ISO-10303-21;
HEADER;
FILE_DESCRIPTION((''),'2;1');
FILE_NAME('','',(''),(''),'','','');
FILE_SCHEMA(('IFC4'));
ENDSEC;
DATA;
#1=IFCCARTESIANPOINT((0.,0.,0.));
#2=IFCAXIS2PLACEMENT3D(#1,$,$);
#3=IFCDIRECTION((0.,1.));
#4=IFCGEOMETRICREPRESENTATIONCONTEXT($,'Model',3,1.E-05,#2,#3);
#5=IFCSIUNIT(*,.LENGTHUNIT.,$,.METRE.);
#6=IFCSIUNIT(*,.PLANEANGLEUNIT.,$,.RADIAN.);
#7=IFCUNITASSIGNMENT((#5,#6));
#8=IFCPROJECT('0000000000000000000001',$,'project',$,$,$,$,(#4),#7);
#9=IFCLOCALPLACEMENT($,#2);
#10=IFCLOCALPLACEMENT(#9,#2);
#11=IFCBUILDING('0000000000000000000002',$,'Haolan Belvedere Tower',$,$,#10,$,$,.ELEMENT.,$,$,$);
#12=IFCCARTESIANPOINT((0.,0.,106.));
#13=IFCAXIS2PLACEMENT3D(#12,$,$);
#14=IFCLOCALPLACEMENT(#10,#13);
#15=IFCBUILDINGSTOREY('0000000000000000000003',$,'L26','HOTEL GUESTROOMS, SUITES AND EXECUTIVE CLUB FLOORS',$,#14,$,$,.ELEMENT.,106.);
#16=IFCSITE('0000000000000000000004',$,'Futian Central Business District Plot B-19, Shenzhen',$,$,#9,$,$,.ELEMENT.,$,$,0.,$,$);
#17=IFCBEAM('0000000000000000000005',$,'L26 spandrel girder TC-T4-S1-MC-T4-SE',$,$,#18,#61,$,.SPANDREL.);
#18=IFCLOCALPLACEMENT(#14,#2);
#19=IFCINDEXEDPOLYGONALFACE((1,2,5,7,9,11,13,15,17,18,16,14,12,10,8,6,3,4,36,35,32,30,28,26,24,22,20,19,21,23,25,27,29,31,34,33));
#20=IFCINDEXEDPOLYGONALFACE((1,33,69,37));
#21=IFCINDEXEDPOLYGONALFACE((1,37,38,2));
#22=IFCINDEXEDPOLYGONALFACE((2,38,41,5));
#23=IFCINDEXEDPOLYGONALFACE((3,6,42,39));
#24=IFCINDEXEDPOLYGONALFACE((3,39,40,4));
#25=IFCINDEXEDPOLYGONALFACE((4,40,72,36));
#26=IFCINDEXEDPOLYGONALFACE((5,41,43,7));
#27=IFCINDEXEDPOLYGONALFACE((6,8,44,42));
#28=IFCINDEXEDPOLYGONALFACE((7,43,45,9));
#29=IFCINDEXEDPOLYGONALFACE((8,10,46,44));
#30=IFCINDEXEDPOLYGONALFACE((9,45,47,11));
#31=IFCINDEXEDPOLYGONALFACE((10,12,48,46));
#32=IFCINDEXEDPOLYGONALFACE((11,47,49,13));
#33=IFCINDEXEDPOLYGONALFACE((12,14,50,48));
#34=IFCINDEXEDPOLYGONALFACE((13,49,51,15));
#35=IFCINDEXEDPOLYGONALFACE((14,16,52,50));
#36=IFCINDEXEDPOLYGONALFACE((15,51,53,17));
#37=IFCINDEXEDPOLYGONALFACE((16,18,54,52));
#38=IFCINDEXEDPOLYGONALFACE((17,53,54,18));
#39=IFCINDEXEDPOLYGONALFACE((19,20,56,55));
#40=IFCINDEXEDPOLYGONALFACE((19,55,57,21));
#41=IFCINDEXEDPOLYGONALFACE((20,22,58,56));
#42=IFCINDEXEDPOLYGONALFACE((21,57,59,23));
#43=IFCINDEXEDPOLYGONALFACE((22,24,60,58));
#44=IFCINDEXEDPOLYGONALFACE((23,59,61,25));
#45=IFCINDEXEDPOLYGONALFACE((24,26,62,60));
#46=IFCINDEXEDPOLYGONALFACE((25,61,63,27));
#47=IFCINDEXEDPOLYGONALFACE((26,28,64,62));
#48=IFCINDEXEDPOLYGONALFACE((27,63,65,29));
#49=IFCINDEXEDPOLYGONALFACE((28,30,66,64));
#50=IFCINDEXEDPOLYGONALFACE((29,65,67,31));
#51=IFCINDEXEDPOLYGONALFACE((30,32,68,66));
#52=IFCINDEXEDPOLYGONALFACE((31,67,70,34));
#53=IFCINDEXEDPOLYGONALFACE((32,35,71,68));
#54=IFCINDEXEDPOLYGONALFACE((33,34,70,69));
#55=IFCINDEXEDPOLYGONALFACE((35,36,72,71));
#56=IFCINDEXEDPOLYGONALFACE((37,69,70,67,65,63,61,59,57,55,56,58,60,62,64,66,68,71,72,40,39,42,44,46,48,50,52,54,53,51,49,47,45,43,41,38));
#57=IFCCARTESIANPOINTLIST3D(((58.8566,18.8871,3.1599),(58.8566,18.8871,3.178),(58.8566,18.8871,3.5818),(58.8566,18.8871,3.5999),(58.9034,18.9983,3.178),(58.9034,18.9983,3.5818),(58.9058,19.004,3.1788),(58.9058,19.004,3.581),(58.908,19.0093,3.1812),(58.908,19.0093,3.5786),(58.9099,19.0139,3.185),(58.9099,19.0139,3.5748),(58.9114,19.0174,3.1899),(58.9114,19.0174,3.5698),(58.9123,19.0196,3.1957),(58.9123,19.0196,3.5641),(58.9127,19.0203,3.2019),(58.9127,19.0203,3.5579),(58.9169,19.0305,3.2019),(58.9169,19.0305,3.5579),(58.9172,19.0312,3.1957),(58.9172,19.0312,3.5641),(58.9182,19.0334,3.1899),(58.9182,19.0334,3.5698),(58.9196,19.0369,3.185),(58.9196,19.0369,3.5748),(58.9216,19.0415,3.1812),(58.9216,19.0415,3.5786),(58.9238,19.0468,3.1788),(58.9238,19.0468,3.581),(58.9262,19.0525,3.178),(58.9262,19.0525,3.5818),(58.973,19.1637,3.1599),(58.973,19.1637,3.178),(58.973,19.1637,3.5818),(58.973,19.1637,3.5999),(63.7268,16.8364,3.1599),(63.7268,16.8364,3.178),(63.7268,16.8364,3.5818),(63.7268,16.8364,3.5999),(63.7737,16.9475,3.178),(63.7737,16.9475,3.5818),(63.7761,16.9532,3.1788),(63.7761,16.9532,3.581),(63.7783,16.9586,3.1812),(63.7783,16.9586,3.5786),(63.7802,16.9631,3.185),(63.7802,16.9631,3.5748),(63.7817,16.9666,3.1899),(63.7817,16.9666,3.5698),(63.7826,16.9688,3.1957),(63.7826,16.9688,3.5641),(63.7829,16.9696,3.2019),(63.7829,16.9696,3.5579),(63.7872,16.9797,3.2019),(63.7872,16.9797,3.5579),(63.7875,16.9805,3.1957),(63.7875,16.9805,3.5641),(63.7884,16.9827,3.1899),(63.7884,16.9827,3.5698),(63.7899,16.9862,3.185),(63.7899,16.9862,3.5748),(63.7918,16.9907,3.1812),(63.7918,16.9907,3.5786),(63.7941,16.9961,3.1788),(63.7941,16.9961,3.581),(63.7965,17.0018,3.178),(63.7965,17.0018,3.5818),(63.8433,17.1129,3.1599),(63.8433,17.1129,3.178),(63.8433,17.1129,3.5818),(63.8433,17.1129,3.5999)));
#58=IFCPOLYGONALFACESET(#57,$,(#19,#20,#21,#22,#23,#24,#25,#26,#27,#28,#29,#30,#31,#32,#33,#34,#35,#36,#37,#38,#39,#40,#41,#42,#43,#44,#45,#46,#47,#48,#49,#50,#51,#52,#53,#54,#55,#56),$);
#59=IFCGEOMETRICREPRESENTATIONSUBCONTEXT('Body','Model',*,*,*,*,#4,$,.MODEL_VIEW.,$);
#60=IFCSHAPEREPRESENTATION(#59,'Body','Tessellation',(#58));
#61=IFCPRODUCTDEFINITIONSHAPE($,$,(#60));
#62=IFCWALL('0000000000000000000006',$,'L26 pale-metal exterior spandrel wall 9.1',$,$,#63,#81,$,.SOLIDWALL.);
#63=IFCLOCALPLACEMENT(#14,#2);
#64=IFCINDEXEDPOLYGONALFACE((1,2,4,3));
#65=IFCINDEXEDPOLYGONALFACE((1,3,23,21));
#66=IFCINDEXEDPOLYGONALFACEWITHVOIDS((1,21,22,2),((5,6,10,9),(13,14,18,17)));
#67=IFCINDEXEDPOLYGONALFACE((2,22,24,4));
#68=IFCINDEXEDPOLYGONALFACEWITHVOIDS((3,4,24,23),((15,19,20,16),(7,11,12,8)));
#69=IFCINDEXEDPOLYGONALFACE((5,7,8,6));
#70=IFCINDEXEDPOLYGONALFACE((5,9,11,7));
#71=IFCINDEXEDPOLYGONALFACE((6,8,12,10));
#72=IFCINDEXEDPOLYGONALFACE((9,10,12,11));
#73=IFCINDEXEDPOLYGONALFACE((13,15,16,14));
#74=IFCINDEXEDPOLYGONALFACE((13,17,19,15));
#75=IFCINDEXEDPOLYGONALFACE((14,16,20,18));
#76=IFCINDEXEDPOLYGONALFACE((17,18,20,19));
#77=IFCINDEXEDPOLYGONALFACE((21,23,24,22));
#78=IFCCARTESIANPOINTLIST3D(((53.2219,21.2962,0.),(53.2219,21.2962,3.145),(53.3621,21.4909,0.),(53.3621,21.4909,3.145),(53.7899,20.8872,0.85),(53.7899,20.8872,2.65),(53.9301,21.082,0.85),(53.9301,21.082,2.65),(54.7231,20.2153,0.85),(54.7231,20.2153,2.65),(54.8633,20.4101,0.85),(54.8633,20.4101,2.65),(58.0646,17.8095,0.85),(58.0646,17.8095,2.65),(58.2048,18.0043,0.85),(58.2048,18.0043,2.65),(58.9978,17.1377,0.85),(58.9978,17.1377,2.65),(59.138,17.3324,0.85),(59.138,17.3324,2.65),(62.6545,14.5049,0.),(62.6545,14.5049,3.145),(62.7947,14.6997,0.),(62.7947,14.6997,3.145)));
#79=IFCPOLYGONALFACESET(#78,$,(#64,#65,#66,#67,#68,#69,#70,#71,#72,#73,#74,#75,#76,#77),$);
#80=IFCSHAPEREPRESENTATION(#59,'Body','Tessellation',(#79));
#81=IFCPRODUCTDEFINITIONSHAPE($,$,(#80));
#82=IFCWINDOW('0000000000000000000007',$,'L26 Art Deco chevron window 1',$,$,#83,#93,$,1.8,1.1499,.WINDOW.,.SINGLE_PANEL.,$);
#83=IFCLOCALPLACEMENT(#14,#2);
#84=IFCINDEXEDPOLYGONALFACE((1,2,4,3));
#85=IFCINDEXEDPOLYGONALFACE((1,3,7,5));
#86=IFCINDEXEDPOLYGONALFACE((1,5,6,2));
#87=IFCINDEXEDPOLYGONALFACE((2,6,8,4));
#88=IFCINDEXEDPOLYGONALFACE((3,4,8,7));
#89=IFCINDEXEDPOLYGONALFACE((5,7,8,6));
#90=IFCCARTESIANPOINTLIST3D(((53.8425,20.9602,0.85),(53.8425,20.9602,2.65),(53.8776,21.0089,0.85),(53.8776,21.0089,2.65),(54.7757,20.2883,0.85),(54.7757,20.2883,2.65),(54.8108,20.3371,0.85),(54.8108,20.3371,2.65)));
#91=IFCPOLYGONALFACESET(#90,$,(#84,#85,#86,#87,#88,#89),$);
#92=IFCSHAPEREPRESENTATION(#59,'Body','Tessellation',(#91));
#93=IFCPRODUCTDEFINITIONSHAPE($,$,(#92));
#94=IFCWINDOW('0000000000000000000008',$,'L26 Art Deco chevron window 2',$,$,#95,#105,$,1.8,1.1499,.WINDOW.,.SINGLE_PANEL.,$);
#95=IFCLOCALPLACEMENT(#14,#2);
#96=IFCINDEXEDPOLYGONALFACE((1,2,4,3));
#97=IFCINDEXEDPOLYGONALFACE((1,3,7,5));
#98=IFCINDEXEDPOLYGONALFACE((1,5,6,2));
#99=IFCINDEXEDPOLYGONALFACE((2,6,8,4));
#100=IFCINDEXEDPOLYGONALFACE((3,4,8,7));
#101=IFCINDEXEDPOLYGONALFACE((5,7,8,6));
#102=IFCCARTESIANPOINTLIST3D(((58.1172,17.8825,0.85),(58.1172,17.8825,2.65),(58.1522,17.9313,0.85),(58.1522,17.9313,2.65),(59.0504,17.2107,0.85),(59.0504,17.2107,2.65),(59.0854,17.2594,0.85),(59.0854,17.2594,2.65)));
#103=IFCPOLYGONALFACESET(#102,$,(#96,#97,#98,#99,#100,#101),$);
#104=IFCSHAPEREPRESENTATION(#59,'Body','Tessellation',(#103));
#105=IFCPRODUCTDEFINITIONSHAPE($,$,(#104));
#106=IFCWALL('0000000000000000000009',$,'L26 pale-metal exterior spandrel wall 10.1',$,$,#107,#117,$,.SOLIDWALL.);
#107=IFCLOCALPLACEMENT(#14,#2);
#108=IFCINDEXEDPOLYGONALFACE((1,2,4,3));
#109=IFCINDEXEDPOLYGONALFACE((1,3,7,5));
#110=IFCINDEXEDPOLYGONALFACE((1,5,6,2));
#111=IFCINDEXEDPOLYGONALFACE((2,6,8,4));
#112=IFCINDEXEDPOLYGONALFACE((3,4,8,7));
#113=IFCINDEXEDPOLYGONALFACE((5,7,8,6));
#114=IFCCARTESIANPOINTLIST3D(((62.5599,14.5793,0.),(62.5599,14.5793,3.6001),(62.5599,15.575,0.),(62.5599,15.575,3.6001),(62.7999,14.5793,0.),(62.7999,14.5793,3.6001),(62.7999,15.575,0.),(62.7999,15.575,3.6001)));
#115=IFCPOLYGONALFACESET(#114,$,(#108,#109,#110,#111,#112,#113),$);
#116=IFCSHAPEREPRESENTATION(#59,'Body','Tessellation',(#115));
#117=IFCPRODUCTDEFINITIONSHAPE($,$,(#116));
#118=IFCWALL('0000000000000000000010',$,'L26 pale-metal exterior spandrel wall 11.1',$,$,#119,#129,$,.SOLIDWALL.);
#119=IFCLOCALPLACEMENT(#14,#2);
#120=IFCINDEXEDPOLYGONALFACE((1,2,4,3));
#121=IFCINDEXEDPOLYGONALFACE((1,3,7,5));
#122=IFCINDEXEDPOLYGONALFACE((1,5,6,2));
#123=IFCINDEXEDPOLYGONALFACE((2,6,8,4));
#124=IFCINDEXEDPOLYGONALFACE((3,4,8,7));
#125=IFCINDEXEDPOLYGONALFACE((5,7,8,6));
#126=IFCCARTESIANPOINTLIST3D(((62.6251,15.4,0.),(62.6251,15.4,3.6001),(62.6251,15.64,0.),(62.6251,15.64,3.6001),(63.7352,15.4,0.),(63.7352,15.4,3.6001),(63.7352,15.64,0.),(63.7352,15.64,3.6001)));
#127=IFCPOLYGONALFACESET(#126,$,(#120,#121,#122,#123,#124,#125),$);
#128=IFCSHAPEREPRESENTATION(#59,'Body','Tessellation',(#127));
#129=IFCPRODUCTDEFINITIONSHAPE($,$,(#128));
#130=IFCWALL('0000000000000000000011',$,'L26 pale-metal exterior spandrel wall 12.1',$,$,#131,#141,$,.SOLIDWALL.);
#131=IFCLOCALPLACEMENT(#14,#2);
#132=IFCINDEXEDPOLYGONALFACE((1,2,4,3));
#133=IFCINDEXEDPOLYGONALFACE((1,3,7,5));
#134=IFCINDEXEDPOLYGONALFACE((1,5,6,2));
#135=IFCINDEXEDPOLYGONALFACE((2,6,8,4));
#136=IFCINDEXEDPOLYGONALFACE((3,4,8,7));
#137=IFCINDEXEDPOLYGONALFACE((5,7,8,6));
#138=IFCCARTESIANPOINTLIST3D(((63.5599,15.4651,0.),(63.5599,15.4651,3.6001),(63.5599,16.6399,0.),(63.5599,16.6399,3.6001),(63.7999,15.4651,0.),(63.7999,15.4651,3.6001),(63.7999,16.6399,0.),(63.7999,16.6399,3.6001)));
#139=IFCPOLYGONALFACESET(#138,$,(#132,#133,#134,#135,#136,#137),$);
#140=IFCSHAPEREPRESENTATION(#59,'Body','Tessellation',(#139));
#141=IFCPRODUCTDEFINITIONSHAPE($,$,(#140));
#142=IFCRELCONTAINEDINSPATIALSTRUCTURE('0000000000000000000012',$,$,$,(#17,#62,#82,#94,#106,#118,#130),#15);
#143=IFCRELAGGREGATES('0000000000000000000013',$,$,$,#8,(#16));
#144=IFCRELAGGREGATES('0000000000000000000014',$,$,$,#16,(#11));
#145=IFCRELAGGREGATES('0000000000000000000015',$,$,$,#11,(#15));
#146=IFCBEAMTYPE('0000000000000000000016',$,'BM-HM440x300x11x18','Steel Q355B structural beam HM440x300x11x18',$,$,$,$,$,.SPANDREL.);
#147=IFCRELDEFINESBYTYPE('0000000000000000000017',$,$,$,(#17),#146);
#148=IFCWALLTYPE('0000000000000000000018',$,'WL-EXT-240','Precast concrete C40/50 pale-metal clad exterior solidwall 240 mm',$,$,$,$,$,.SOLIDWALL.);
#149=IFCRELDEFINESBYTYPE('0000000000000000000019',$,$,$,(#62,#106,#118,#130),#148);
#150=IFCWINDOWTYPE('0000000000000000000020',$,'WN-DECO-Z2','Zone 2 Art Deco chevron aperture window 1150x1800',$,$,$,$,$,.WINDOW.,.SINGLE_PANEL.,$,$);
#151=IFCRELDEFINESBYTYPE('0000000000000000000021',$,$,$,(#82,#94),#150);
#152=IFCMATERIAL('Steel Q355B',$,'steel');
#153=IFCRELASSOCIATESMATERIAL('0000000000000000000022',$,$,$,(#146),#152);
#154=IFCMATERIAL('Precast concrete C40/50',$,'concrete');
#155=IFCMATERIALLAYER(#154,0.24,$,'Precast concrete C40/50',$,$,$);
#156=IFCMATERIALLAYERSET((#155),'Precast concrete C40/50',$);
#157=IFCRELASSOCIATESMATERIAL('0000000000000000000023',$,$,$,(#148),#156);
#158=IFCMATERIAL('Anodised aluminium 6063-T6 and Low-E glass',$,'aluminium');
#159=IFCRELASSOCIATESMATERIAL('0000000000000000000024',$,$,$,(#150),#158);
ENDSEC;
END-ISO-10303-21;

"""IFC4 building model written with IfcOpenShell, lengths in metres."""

from ifc_helpers import new_model, si_unit, direction, frame, frame_2d, origin, origin_2d, place, context, subcontext, project, spatial, rectangle, i_section, extrude, material, layer, layer_set, material_profile, profile_set, type_object, element, fill, save


model = new_model("IFC4")

# Units and contexts
model_context = context("Model", 3, precision=1e-05, world=origin(), true_north=direction((0.0, 1.0)))
body_context = subcontext(model_context, "Body", "Model", "MODEL_VIEW")
ifc_project = project(units=[si_unit("LENGTHUNIT", "METRE"), si_unit("PLANEANGLEUNIT", "RADIAN")], contexts=[model_context])

# Site, building, storey
site_placement = place(None, origin())
site = spatial("IfcSite", under=ifc_project, at=site_placement, Name="Futian Central Business District Plot B-19, Shenzhen", CompositionType="ELEMENT", RefElevation=0.0)
building_placement = place(site_placement, origin())
building = spatial("IfcBuilding", under=site, at=building_placement, Name="Haolan Belvedere Tower", CompositionType="ELEMENT")
storey_placement = place(building_placement, frame((0.0, 0.0, 106.0)))
storey = spatial("IfcBuildingStorey", under=building, at=storey_placement, Name="L26", Description="HOTEL GUESTROOMS, SUITES AND EXECUTIVE CLUB FLOORS", CompositionType="ELEMENT", Elevation=106.0)

# Beam
ifc_material_1 = material(Name="Steel Q355B", Category="steel")
ifc_material_profile_1 = material_profile(ifc_material_1, i_section(OverallWidth=0.3, OverallDepth=0.4399, WebThickness=0.011, FlangeThickness=0.0181, FilletRadius=0.0239, at=origin_2d()), Name="Steel Q355B")
ifc_profile_set_1 = profile_set([ifc_material_profile_1], Name="Steel Q355B")
beam_type = type_object("IfcBeamType", Name="BM-HM440x300x11x18", Description="Steel Q355B structural beam HM440x300x11x18", PredefinedType="SPANDREL", material=ifc_profile_set_1)
for number, where, z_axis, x_axis, name in (
    (1, (58.9148, 19.0254, 3.3799), (0.921628, -0.388074, 0.0), (0.388074, 0.921628, 0.0), "L26 spandrel girder TC-T4-S1-MC-T4-SE"),
):
    element("IfcBeam", number, at=place(storey_placement, frame(where, z_axis=z_axis, x_axis=x_axis)), inside=storey, type_object=beam_type, Name=name, PredefinedType="SPANDREL", context=body_context, shape_type="SweptSolid", body=[
        extrude(i_section(OverallWidth=0.3, OverallDepth=0.4399, WebThickness=0.011, FlangeThickness=0.0181, FilletRadius=0.0239, at=origin_2d()), origin(), (0.0, 0.0, 1.0), 5.2844),
    ])

# Wall, openings, windows
ifc_material_2 = material(Name="Precast concrete C40/50", Category="concrete")
ifc_layer_1 = layer(ifc_material_2, 0.24, Name="Precast concrete C40/50")
ifc_layer_set_1 = layer_set([ifc_layer_1], Name="Precast concrete C40/50")
wall_type_1 = type_object("IfcWallType", Name="WL-EXT-240", Description="Precast concrete C40/50 pale-metal clad exterior solidwall 240 mm", PredefinedType="SOLIDWALL", material=ifc_layer_set_1)
wall_1_placement = place(storey_placement, frame((53.292, 21.3936, 0.0), z_axis=(0.0, 0.0, 1.0), x_axis=(0.811544, -0.584292, 0.0)))
wall_1 = element("IfcWall", 2, at=wall_1_placement, inside=storey, type_object=wall_type_1, Name="L26 pale-metal exterior spandrel wall 9.1", PredefinedType="SOLIDWALL", context=body_context, shape_type="SweptSolid", body=[
    extrude(rectangle(XDim=11.623, YDim=0.24, at=frame_2d((5.8115, 0.0))), origin(), (0.0, 0.0, 1.0), 3.145),
])
opening_1_placement = place(wall_1_placement, frame((0.7, 0.0, 0.8501)))
opening_1 = element("IfcOpeningElement", 3, at=opening_1_placement, cuts=wall_1, PredefinedType="OPENING", context=body_context, shape_type="SweptSolid", body=[
    extrude(rectangle(XDim=1.1499, YDim=1.8, at=frame_2d((0.575, 0.8999))), frame((0.0, 0.1299, 0.0), z_axis=(0.0, -1.0, 0.0), x_axis=(1.0, 0.0, 0.0)), (0.0, 0.0, 1.0), 0.26),
])
opening_2_placement = place(wall_1_placement, frame((5.9673, 0.0, 0.8501)))
opening_2 = element("IfcOpeningElement", 4, at=opening_2_placement, cuts=wall_1, PredefinedType="OPENING", context=body_context, shape_type="SweptSolid", body=[
    extrude(rectangle(XDim=1.1499, YDim=1.8, at=frame_2d((0.575, 0.8999))), frame((0.0, 0.1299, 0.0), z_axis=(0.0, -1.0, 0.0), x_axis=(1.0, 0.0, 0.0)), (0.0, 0.0, 1.0), 0.26),
])
ifc_material_3 = material(Name="Anodised aluminium 6063-T6 and Low-E glass", Category="aluminium")
window_type = type_object("IfcWindowType", Name="WN-DECO-Z2", Description="Zone 2 Art Deco chevron aperture window 1150x1800", PartitioningType="SINGLE_PANEL", PredefinedType="WINDOW", material=ifc_material_3)
window_1_placement = place(opening_1_placement, origin())
window_1 = element("IfcWindow", 5, at=window_1_placement, inside=storey, type_object=window_type, Name="L26 Art Deco chevron window 1", OverallHeight=1.8, OverallWidth=1.1499, PartitioningType="SINGLE_PANEL", PredefinedType="WINDOW", context=body_context, shape_type="SweptSolid", body=[
    extrude(rectangle(XDim=1.1499, YDim=1.8, at=frame_2d((0.575, 0.8999))), frame((0.0, 0.03, 0.0), z_axis=(0.0, -1.0, 0.0), x_axis=(1.0, 0.0, 0.0)), (0.0, 0.0, 1.0), 0.0601),
])
fill(opening_1, window_1)
window_2_placement = place(opening_2_placement, origin())
window_2 = element("IfcWindow", 6, at=window_2_placement, inside=storey, type_object=window_type, Name="L26 Art Deco chevron window 2", OverallHeight=1.8, OverallWidth=1.1499, PartitioningType="SINGLE_PANEL", PredefinedType="WINDOW", context=body_context, shape_type="SweptSolid", body=[
    extrude(rectangle(XDim=1.1499, YDim=1.8, at=frame_2d((0.575, 0.8999))), frame((0.0, 0.03, 0.0), z_axis=(0.0, -1.0, 0.0), x_axis=(1.0, 0.0, 0.0)), (0.0, 0.0, 1.0), 0.0601),
])
fill(opening_2, window_2)

# Walls
wall_2_placement = place(storey_placement, frame((62.6799, 14.5793, 0.0), z_axis=(0.0, 0.0, 1.0), x_axis=(0.0, 1.0, 0.0)))
element("IfcWall", 7, at=wall_2_placement, inside=storey, type_object=wall_type_1, Name="L26 pale-metal exterior spandrel wall 10.1", PredefinedType="SOLIDWALL", context=body_context, shape_type="SweptSolid", body=[
    extrude(rectangle(XDim=0.9956, YDim=0.24, at=frame_2d((0.4978, 0.0))), origin(), (0.0, 0.0, 1.0), 3.6001),
])
wall_3_placement = place(storey_placement, frame((62.625, 15.52, 0.0), z_axis=(0.0, 0.0, 1.0), x_axis=(1.0, 0.0, 0.0)))
element("IfcWall", 8, at=wall_3_placement, inside=storey, type_object=wall_type_1, Name="L26 pale-metal exterior spandrel wall 11.1", PredefinedType="SOLIDWALL", context=body_context, shape_type="SweptSolid", body=[
    extrude(rectangle(XDim=1.1101, YDim=0.24, at=frame_2d((0.5552, 0.0))), origin(), (0.0, 0.0, 1.0), 3.6001),
])
wall_4_placement = place(storey_placement, frame((63.6799, 15.4651, 0.0), z_axis=(0.0, 0.0, 1.0), x_axis=(0.0, 1.0, 0.0)))
element("IfcWall", 9, at=wall_4_placement, inside=storey, type_object=wall_type_1, Name="L26 pale-metal exterior spandrel wall 12.1", PredefinedType="SOLIDWALL", context=body_context, shape_type="SweptSolid", body=[
    extrude(rectangle(XDim=1.1748, YDim=0.24, at=frame_2d((0.5874, 0.0))), origin(), (0.0, 0.0, 1.0), 3.6001),
])

save(model, "model.ifc")
